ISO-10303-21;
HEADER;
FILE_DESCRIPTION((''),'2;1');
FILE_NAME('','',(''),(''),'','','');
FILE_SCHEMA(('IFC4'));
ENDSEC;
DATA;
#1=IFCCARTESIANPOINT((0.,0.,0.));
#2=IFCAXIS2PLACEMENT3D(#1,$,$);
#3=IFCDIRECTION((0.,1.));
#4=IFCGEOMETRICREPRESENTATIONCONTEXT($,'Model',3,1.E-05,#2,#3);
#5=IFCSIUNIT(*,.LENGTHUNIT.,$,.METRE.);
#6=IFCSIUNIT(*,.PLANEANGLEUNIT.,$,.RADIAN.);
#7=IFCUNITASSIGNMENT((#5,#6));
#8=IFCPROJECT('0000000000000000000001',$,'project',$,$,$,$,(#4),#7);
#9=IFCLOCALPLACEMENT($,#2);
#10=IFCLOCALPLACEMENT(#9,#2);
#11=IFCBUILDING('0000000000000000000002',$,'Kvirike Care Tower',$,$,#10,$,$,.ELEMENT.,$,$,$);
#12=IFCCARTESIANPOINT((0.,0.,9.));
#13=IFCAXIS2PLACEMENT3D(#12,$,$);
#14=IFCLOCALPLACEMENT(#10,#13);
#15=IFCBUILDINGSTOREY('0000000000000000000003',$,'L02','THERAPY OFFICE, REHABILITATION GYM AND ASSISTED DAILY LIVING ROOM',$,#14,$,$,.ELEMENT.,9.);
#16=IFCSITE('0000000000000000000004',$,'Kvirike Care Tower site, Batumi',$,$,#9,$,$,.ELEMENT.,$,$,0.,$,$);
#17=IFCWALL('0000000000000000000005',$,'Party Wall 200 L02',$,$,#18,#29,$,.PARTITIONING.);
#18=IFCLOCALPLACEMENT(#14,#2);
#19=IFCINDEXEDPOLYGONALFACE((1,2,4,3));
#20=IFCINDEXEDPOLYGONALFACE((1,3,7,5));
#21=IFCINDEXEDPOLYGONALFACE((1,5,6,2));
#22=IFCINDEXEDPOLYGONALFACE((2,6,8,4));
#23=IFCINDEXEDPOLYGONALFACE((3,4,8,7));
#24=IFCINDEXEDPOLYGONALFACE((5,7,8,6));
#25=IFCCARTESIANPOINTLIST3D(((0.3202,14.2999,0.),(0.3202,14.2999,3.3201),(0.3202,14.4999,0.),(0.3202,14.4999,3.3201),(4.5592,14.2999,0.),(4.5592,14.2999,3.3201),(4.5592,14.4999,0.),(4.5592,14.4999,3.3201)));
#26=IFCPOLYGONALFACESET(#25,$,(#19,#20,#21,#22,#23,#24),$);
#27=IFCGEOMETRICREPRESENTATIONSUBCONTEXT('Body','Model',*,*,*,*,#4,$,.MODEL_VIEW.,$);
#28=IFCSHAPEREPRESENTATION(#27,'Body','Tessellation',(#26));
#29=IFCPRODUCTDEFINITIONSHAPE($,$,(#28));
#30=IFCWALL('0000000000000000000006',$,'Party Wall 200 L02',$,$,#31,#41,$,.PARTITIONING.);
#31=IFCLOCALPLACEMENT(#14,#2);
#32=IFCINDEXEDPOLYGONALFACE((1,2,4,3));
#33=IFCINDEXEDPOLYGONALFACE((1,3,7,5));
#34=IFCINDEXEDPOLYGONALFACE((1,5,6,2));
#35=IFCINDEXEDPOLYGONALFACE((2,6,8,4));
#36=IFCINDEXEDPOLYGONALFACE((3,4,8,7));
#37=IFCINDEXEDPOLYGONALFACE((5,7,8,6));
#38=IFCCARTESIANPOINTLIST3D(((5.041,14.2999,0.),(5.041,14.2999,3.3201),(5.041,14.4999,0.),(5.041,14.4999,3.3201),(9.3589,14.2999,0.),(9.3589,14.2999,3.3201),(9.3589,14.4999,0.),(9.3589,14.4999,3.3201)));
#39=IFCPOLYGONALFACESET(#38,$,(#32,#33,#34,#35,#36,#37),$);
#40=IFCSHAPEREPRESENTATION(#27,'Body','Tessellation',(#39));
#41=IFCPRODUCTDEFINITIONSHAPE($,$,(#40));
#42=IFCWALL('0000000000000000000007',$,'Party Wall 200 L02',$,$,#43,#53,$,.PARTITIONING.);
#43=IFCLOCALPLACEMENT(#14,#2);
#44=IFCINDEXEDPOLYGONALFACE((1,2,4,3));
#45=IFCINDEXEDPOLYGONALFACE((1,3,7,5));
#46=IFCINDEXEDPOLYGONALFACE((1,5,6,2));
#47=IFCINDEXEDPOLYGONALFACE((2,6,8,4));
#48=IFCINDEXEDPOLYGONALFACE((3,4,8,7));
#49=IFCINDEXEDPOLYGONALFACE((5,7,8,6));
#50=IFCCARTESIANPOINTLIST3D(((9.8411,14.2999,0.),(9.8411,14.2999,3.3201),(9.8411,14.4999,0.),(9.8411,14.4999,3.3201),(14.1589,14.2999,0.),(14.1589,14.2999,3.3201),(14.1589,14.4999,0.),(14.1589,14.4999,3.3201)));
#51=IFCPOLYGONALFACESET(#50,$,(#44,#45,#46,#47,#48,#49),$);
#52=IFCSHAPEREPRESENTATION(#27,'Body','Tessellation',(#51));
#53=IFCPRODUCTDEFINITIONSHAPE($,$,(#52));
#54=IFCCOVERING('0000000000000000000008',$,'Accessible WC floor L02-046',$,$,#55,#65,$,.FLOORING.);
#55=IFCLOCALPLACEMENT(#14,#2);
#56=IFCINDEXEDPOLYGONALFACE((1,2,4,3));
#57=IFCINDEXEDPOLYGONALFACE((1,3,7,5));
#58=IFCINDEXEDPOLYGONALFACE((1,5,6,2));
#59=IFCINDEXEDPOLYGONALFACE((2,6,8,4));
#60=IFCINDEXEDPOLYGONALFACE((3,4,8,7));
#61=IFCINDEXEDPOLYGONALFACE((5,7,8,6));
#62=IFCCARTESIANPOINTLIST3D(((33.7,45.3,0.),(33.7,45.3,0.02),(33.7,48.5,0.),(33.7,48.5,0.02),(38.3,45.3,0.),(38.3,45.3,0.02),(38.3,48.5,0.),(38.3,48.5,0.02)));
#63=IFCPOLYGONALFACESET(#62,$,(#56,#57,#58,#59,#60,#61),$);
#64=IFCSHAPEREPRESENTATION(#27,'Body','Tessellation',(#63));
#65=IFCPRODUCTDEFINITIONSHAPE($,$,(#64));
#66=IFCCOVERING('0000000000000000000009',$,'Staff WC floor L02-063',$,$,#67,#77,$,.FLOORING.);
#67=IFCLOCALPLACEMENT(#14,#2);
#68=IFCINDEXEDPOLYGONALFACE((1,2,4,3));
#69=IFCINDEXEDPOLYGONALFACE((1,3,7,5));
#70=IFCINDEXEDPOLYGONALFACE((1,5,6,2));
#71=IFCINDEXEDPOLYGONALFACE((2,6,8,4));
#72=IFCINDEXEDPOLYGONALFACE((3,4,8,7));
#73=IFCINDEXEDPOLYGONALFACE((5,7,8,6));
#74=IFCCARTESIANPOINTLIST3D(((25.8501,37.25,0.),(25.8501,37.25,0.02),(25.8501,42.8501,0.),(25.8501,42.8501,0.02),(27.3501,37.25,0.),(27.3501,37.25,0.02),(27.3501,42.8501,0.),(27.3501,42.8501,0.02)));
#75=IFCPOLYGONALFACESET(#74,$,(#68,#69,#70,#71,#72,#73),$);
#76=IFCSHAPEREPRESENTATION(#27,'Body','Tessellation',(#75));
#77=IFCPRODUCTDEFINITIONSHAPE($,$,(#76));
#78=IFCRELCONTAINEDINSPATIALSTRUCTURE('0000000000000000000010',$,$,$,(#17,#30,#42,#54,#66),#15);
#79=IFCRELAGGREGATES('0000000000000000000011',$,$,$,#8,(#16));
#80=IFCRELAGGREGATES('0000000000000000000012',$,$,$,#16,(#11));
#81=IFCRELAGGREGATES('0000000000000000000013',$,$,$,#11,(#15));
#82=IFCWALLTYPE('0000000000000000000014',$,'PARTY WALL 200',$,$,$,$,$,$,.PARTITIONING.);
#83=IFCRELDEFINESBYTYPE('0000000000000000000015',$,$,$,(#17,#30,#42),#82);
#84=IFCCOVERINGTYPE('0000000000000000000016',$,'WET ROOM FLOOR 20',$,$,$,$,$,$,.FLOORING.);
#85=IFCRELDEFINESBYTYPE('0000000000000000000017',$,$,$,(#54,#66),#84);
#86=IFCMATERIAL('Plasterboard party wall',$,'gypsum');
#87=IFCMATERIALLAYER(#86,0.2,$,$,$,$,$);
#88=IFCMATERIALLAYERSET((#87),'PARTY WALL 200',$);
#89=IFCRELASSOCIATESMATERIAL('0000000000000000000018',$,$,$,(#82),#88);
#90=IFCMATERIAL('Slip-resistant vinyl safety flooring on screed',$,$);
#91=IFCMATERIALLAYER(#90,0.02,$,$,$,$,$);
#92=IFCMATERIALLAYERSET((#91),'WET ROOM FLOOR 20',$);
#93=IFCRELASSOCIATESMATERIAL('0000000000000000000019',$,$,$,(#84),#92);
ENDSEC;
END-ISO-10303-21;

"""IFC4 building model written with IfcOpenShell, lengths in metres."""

from ifc_helpers import new_model, si_unit, direction, frame, frame_2d, origin, place, context, subcontext, project, spatial, polyline, rectangle, outline, extrude, material, layer, layer_set, type_object, element, save


model = new_model("IFC4")

# Units and contexts
model_context = context("Model", 3, precision=1e-05, world=origin(), true_north=direction((0.0, 1.0)))
body_context = subcontext(model_context, "Body", "Model", "MODEL_VIEW")
ifc_project = project(units=[si_unit("LENGTHUNIT", "METRE"), si_unit("PLANEANGLEUNIT", "RADIAN")], contexts=[model_context])

# Site, building, storey
site_placement = place(None, origin())
site = spatial("IfcSite", under=ifc_project, at=site_placement, Name="Kvirike Care Tower site, Batumi", CompositionType="ELEMENT", RefElevation=0.0)
building_placement = place(site_placement, origin())
building = spatial("IfcBuilding", under=site, at=building_placement, Name="Kvirike Care Tower", CompositionType="ELEMENT")
storey_placement = place(building_placement, frame((0.0, 0.0, 9.0)))
storey = spatial("IfcBuildingStorey", under=building, at=storey_placement, Name="L02", Description="THERAPY OFFICE, REHABILITATION GYM AND ASSISTED DAILY LIVING ROOM", CompositionType="ELEMENT", Elevation=9.0)

# Walls
ifc_material_1 = material(Name="Plasterboard party wall", Category="gypsum")
ifc_layer_1 = layer(ifc_material_1, 0.2)
ifc_layer_set_1 = layer_set([ifc_layer_1], Name="PARTY WALL 200")
wall_type_1 = type_object("IfcWallType", Name="PARTY WALL 200", PredefinedType="PARTITIONING", material=ifc_layer_set_1)
wall_1_placement = place(storey_placement, frame((0.3201, 14.3999, 0.0), z_axis=(0.0, 0.0, 1.0), x_axis=(1.0, 0.0, 0.0)))
element("IfcWall", 1, at=wall_1_placement, inside=storey, type_object=wall_type_1, Name="Party Wall 200 L02", PredefinedType="PARTITIONING", context=body_context, shape_type="SweptSolid", body=[
    extrude(rectangle(XDim=4.239, YDim=0.2, at=frame_2d((2.1196, 0.0))), origin(), (0.0, 0.0, 1.0), 3.3201),
])
for number, where, z_axis, x_axis, name in (
    (2, (5.041, 14.3999, 0.0), (0.0, 0.0, 1.0), (1.0, 0.0, 0.0), "Party Wall 200 L02"),
    (3, (9.8411, 14.3999, 0.0), (0.0, 0.0, 1.0), (1.0, 0.0, 0.0), "Party Wall 200 L02"),
):
    element("IfcWall", number, at=place(storey_placement, frame(where, z_axis=z_axis, x_axis=x_axis)), inside=storey, type_object=wall_type_1, Name=name, PredefinedType="PARTITIONING", context=body_context, shape_type="SweptSolid", body=[
        extrude(rectangle(XDim=4.3179, YDim=0.2, at=frame_2d((2.1589, 0.0))), origin(), (0.0, 0.0, 1.0), 3.3201),
    ])

# Coverings
ifc_material_2 = material(Name="Slip-resistant vinyl safety flooring on screed")
ifc_layer_2 = layer(ifc_material_2, 0.02)
ifc_layer_set_2 = layer_set([ifc_layer_2], Name="WET ROOM FLOOR 20")
covering_type = type_object("IfcCoveringType", Name="WET ROOM FLOOR 20", PredefinedType="FLOORING", material=ifc_layer_set_2)
covering_1_placement = place(storey_placement, origin())
element("IfcCovering", 4, at=covering_1_placement, inside=storey, type_object=covering_type, Name="Accessible WC floor L02-046", PredefinedType="FLOORING", context=body_context, shape_type="SweptSolid", body=[
    extrude(outline(polyline([(38.3, 45.3), (33.7, 45.3), (33.7, 48.5), (38.3, 48.5), (38.3, 45.3)])), origin(), (0.0, 0.0, 1.0), 0.02),
])
covering_2_placement = place(storey_placement, origin())
element("IfcCovering", 5, at=covering_2_placement, inside=storey, type_object=covering_type, Name="Staff WC floor L02-063", PredefinedType="FLOORING", context=body_context, shape_type="SweptSolid", body=[
    extrude(outline(polyline([(27.3501, 37.25), (25.8501, 37.25), (25.8501, 42.8501), (27.3501, 42.8501), (27.3501, 37.25)])), origin(), (0.0, 0.0, 1.0), 0.02),
])

save(model, "model.ifc")
